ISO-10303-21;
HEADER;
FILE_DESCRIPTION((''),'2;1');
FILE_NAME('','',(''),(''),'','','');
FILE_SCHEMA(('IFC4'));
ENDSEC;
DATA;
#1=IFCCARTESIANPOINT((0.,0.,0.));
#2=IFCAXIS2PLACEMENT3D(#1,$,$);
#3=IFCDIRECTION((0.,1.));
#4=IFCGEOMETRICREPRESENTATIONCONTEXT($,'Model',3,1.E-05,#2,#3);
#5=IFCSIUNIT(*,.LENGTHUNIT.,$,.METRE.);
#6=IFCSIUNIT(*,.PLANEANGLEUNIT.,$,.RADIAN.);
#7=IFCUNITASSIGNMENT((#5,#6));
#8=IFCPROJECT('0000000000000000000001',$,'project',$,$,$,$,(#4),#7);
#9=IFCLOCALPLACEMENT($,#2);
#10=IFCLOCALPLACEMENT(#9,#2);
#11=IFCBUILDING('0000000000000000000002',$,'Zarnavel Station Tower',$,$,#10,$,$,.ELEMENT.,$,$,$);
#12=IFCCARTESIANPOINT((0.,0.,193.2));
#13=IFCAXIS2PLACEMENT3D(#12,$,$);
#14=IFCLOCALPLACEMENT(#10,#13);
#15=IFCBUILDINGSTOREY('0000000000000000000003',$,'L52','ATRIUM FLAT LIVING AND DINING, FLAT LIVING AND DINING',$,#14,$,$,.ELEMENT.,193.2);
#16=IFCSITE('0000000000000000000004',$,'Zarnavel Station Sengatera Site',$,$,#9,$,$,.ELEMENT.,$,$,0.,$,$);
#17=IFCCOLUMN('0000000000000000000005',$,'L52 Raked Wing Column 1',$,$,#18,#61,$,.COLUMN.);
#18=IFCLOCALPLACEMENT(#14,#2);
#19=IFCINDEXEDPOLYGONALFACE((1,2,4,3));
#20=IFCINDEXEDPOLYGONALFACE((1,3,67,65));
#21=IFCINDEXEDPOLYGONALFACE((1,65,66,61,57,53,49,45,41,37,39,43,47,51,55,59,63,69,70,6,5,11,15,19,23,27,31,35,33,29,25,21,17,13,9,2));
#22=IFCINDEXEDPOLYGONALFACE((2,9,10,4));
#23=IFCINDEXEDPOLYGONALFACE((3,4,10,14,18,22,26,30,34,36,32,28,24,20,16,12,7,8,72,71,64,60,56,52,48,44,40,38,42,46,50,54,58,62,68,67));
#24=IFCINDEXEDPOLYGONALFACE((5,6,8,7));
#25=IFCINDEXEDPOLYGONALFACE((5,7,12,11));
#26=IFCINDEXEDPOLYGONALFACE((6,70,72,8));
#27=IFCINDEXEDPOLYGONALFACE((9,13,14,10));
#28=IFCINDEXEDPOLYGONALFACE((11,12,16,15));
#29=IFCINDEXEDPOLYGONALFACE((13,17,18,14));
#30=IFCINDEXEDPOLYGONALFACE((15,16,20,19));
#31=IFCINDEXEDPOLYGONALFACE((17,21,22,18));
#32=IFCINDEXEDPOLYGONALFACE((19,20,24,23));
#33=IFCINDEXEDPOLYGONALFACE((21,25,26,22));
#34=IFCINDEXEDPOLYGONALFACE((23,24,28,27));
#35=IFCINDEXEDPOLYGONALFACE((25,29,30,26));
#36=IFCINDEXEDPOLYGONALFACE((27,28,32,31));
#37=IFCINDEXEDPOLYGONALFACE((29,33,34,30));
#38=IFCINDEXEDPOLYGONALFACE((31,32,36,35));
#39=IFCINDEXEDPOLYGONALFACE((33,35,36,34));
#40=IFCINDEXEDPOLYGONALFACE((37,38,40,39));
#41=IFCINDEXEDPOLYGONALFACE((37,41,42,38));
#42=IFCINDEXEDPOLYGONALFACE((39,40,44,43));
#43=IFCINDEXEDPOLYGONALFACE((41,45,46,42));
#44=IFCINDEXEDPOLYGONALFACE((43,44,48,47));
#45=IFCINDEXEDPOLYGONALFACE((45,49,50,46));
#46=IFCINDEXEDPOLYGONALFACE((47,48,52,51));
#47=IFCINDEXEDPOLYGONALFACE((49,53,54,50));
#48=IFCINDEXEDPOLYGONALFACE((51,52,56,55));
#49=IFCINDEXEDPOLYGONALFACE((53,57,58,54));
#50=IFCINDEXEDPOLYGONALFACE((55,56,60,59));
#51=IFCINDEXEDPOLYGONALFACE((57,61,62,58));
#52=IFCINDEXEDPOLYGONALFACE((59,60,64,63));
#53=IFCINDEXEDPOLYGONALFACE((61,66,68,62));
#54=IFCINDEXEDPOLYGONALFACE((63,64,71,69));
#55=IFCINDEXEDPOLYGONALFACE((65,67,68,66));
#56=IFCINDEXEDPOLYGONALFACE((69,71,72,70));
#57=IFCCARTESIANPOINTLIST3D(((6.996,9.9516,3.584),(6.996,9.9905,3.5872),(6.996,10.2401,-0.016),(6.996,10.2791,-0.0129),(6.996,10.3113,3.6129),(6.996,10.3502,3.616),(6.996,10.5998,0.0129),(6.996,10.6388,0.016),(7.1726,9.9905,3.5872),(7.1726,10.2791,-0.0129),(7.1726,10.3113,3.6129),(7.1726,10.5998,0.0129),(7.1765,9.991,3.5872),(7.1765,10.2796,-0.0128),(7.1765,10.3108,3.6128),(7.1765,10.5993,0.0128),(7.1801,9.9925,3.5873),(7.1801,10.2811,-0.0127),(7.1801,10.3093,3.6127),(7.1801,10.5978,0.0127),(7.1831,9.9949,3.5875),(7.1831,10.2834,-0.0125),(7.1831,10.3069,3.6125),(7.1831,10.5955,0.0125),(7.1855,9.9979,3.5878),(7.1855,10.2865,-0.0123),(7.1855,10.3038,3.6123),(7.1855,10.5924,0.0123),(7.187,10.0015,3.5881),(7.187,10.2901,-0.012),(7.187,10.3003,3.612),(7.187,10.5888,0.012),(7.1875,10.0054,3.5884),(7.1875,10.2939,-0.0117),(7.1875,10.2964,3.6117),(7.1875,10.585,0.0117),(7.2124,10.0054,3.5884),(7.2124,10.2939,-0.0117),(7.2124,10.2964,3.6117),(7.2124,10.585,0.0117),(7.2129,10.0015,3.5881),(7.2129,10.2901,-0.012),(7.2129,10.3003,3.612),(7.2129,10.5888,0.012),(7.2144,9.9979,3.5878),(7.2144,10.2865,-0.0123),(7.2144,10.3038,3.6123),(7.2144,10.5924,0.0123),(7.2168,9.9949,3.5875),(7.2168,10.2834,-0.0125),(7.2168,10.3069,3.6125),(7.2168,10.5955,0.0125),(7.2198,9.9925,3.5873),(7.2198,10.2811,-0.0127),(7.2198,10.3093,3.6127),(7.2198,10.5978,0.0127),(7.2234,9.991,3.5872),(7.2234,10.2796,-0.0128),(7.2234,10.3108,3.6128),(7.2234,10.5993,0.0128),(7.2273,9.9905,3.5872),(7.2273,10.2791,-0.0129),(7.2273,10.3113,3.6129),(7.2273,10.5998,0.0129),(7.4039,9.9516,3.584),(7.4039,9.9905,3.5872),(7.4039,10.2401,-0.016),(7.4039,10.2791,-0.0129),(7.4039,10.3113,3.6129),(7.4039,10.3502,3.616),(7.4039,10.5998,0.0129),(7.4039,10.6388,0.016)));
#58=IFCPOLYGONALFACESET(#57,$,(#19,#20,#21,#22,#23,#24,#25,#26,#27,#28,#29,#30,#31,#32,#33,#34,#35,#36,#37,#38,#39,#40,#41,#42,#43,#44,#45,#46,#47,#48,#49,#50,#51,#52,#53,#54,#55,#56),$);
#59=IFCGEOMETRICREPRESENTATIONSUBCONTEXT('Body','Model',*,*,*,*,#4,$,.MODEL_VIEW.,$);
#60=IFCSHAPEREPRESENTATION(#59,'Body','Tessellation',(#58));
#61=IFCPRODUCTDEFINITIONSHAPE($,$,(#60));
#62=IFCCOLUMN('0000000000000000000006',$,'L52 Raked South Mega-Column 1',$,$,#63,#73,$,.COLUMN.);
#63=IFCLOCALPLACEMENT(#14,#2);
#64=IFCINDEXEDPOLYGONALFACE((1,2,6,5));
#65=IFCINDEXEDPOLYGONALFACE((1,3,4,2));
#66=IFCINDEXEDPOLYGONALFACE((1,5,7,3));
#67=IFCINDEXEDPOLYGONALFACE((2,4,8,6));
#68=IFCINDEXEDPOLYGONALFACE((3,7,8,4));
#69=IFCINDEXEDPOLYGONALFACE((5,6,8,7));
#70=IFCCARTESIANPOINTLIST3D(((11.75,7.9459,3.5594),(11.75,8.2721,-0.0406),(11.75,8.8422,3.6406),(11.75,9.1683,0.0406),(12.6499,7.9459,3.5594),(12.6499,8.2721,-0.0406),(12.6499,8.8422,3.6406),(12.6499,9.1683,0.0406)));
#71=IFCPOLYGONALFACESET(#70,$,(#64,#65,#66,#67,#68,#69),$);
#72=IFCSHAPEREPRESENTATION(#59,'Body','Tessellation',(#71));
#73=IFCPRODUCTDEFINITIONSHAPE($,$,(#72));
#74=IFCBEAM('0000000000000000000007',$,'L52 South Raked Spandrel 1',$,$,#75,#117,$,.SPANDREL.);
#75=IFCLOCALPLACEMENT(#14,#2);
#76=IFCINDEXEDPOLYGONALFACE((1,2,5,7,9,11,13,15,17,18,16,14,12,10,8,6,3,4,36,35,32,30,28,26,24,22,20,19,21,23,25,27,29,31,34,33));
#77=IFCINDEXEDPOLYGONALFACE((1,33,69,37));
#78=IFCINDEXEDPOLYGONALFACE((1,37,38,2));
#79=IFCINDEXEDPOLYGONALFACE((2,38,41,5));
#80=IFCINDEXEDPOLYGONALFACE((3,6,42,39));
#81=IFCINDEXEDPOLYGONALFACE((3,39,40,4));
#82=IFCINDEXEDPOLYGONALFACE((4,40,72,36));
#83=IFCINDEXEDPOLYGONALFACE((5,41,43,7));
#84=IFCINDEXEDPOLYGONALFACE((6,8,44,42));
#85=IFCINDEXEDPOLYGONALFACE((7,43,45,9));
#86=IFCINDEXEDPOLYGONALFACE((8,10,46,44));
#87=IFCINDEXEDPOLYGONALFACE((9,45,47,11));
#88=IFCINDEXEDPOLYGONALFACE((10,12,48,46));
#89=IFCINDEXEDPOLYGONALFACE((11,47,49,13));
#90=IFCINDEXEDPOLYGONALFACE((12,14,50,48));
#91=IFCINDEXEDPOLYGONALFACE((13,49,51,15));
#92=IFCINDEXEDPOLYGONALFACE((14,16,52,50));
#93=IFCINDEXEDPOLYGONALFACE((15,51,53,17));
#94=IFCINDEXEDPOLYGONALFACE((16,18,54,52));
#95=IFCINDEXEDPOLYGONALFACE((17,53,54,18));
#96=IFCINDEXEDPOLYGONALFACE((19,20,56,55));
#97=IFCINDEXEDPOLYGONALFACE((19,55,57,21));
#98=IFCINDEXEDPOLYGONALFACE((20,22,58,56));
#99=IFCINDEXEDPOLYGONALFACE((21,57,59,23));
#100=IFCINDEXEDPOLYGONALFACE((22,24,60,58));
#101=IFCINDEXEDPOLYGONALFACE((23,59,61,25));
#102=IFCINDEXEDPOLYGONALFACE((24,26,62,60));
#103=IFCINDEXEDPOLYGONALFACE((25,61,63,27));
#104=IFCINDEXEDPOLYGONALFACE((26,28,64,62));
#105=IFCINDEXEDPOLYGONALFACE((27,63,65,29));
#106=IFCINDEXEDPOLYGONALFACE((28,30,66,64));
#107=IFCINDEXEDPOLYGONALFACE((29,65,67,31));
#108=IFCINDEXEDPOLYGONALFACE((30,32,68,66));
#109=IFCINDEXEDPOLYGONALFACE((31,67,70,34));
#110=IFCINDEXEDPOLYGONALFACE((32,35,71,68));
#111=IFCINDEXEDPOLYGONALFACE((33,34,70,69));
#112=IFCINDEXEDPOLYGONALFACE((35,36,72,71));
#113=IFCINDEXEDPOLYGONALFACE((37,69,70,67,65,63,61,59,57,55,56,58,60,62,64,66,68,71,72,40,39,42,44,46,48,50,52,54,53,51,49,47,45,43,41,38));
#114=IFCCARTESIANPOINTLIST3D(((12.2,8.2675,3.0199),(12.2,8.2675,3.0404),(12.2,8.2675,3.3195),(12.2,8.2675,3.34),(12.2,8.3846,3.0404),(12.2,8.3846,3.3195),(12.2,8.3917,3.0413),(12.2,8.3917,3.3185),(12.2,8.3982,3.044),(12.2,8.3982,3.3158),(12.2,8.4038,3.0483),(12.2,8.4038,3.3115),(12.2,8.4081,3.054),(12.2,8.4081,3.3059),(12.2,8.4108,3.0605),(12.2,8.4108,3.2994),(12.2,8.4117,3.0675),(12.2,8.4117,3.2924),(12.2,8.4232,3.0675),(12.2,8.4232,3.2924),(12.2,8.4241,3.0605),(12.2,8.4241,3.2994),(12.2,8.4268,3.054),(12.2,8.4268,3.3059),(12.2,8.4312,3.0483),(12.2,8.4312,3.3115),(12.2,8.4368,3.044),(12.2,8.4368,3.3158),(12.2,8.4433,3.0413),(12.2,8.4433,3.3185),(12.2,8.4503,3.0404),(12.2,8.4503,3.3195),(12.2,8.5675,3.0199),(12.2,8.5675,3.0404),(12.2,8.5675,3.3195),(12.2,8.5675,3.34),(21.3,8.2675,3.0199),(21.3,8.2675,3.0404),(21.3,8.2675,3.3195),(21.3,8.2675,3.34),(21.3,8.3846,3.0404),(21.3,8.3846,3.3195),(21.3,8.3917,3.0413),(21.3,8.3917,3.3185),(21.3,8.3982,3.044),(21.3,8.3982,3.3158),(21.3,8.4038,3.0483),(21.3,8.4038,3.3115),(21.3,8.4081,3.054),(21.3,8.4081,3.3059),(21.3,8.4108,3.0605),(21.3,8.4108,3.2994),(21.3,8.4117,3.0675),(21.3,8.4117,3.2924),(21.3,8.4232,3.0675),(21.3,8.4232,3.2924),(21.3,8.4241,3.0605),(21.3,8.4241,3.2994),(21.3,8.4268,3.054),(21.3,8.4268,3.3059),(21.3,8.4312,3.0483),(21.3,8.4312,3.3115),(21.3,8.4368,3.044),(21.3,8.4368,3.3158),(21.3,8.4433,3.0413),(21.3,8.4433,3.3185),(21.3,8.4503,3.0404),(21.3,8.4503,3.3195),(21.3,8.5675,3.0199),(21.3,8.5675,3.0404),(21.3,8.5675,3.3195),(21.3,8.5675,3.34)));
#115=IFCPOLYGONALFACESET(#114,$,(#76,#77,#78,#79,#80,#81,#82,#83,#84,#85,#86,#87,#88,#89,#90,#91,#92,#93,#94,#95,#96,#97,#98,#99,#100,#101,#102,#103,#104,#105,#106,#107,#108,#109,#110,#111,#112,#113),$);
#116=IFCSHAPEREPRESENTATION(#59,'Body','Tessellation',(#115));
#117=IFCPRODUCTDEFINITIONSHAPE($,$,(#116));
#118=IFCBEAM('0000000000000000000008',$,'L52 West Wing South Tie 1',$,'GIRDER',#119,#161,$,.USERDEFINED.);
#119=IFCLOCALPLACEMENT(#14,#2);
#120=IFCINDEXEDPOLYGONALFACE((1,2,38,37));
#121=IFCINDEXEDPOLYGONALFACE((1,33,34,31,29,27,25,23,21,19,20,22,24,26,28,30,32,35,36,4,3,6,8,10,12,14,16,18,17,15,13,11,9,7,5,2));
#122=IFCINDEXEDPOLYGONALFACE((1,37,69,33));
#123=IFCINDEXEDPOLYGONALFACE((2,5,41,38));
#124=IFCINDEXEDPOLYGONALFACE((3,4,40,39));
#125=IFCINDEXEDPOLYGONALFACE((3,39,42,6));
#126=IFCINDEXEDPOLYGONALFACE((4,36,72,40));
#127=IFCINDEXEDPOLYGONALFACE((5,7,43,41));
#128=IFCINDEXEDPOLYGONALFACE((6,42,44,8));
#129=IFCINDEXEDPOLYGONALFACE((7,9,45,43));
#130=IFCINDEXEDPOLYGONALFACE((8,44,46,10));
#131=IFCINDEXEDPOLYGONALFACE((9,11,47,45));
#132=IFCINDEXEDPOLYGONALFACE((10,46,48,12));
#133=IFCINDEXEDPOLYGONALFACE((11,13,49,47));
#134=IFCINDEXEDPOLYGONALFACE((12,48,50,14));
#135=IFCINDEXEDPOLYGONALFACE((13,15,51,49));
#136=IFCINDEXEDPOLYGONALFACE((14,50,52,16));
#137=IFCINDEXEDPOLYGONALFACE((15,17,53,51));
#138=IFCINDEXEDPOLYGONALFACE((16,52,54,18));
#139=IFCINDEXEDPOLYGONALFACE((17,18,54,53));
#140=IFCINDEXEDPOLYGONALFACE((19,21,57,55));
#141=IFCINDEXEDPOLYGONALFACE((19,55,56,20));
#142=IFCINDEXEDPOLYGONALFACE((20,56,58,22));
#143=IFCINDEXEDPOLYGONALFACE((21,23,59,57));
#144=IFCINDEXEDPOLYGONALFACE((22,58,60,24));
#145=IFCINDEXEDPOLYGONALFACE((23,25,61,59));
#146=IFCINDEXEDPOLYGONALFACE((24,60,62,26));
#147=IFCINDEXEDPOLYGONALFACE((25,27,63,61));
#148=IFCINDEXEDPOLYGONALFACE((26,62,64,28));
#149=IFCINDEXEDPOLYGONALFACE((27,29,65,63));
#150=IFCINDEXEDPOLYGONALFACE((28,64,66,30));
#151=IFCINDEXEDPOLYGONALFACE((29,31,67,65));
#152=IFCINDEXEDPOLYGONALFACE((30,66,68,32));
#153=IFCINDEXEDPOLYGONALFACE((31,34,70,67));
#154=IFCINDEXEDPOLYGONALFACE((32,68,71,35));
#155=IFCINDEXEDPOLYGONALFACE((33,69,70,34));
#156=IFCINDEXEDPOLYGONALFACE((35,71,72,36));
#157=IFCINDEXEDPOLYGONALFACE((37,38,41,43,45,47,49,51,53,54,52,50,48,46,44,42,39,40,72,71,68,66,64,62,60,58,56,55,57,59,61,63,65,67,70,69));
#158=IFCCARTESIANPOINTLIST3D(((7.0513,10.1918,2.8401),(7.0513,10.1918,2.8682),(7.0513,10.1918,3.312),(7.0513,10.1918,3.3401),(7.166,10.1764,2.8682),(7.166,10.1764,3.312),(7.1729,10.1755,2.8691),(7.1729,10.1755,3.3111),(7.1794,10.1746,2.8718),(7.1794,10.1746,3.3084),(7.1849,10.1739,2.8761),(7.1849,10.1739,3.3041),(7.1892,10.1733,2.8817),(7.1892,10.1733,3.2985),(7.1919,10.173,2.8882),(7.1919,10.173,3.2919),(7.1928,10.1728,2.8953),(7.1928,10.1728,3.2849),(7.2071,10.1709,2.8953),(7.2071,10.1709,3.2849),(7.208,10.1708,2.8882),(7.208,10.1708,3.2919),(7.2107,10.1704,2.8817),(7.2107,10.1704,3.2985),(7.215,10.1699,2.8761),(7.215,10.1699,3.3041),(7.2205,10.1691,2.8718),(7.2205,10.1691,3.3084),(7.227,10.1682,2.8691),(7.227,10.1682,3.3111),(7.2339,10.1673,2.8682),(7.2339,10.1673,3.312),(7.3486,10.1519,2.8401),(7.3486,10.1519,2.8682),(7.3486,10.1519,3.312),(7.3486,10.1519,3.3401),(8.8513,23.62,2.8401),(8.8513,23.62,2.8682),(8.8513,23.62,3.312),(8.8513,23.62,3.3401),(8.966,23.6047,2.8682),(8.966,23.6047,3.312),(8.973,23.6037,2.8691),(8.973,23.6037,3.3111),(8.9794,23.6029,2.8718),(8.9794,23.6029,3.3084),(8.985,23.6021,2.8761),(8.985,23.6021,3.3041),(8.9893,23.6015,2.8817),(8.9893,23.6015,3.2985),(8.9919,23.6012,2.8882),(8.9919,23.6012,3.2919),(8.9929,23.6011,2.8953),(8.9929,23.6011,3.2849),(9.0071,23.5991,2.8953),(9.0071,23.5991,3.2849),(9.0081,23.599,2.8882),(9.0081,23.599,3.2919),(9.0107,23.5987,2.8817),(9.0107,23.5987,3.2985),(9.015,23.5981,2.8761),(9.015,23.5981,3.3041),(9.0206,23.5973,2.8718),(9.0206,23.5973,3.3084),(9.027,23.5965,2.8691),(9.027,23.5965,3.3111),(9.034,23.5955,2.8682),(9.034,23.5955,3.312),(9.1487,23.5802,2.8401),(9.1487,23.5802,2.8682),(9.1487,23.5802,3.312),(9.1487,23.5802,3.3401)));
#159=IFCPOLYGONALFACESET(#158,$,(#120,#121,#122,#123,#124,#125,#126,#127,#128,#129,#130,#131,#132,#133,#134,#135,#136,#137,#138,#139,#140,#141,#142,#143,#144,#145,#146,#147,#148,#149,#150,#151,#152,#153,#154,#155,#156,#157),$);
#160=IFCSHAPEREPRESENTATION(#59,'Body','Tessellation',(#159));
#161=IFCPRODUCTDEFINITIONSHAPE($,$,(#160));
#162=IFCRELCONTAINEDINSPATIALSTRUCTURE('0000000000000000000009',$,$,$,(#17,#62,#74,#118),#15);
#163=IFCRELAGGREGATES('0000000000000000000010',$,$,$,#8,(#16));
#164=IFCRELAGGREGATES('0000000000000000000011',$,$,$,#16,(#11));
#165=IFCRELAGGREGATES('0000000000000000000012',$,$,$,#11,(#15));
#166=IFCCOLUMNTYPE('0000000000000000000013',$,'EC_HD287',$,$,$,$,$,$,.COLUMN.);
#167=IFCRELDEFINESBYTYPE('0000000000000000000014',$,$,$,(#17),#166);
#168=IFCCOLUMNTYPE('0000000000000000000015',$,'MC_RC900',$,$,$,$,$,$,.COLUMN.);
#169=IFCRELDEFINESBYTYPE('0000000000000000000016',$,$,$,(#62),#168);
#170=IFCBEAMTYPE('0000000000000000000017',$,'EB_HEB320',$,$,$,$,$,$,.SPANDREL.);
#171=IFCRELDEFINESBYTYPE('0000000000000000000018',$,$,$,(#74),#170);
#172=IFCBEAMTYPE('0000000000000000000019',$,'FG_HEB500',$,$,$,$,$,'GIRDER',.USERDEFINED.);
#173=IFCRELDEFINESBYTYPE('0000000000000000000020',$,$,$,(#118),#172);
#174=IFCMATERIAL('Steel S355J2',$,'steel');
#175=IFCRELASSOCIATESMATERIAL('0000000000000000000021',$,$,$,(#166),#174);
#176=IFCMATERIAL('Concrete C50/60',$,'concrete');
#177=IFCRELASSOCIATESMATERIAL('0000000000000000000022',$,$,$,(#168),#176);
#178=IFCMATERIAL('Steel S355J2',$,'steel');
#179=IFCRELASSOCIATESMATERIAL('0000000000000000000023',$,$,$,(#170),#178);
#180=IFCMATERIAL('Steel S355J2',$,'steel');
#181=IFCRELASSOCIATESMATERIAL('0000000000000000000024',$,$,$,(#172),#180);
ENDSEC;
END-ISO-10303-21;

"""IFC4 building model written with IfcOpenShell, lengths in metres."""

from ifc_helpers import new_model, si_unit, direction, frame, origin, origin_2d, place, context, subcontext, project, spatial, rectangle, i_section, extrude, material, material_profile, profile_set, type_object, element, save


model = new_model("IFC4")

# Units and contexts
model_context = context("Model", 3, precision=1e-05, world=origin(), true_north=direction((0.0, 1.0)))
body_context = subcontext(model_context, "Body", "Model", "MODEL_VIEW")
ifc_project = project(units=[si_unit("LENGTHUNIT", "METRE"), si_unit("PLANEANGLEUNIT", "RADIAN")], contexts=[model_context])

# Site, building, storey
site_placement = place(None, origin())
site = spatial("IfcSite", under=ifc_project, at=site_placement, Name="Zarnavel Station Sengatera Site", CompositionType="ELEMENT", RefElevation=0.0)
building_placement = place(site_placement, origin())
building = spatial("IfcBuilding", under=site, at=building_placement, Name="Zarnavel Station Tower", CompositionType="ELEMENT")
storey_placement = place(building_placement, frame((0.0, 0.0, 193.2)))
storey = spatial("IfcBuildingStorey", under=building, at=storey_placement, Name="L52", Description="ATRIUM FLAT LIVING AND DINING, FLAT LIVING AND DINING", CompositionType="ELEMENT", Elevation=193.2)

# Columns
ifc_material_1 = material(Name="Steel S355J2", Category="steel")
ifc_material_profile_1 = material_profile(ifc_material_1, i_section(OverallWidth=0.408, OverallDepth=0.3999, WebThickness=0.0249, FlangeThickness=0.0391, FilletRadius=0.0149, at=origin_2d()), Name="HD400x287")
ifc_profile_set_1 = profile_set([ifc_material_profile_1], Name="Steel S355J2")
column_type_1 = type_object("IfcColumnType", Name="EC_HD287", PredefinedType="COLUMN", material=ifc_profile_set_1)
column_1_placement = place(storey_placement, frame((7.2, 10.4395, 0.0), z_axis=(0.0, -0.079901, 0.996803), x_axis=(1.0, 0.0, 0.0)))
element("IfcColumn", 1, at=column_1_placement, inside=storey, type_object=column_type_1, Name="L52 Raked Wing Column 1", PredefinedType="COLUMN", context=body_context, shape_type="SweptSolid", body=[
    extrude(i_section(OverallWidth=0.408, OverallDepth=0.3999, WebThickness=0.0249, FlangeThickness=0.0391, FilletRadius=0.0149, at=origin_2d()), origin(), (0.0, 0.0, 1.0), 3.6116),
])
ifc_material_2 = material(Name="Concrete C50/60", Category="concrete")
ifc_material_profile_2 = material_profile(ifc_material_2, rectangle(XDim=0.8999, YDim=0.8999, at=origin_2d()), Name="RC900x900")
ifc_profile_set_2 = profile_set([ifc_material_profile_2], Name="Concrete C50/60")
column_type_2 = type_object("IfcColumnType", Name="MC_RC900", PredefinedType="COLUMN", material=ifc_profile_set_2)
column_2_placement = place(storey_placement, frame((12.2, 8.7202, 0.0), z_axis=(0.0, -0.090231, 0.995921), x_axis=(1.0, 0.0, 0.0)))
element("IfcColumn", 2, at=column_2_placement, inside=storey, type_object=column_type_2, Name="L52 Raked South Mega-Column 1", PredefinedType="COLUMN", context=body_context, shape_type="SweptSolid", body=[
    extrude(rectangle(XDim=0.8999, YDim=0.8999, at=origin_2d()), origin(), (0.0, 0.0, 1.0), 3.6147),
])

# Beams
ifc_material_3 = material(Name="Steel S355J2", Category="steel")
ifc_material_profile_3 = material_profile(ifc_material_3, i_section(OverallWidth=0.3, OverallDepth=0.3201, WebThickness=0.0115, FlangeThickness=0.0205, FilletRadius=0.0271, at=origin_2d()), Name="HEB320")
ifc_profile_set_3 = profile_set([ifc_material_profile_3], Name="Steel S355J2")
beam_type_1 = type_object("IfcBeamType", Name="EB_HEB320", PredefinedType="SPANDREL", material=ifc_profile_set_3)
beam_1_placement = place(storey_placement, frame((12.2, 8.4175, 3.1799), z_axis=(1.0, 0.0, 0.0), x_axis=(0.0, 1.0, 0.0)))
element("IfcBeam", 3, at=beam_1_placement, inside=storey, type_object=beam_type_1, Name="L52 South Raked Spandrel 1", PredefinedType="SPANDREL", context=body_context, shape_type="SweptSolid", body=[
    extrude(i_section(OverallWidth=0.3, OverallDepth=0.3201, WebThickness=0.0115, FlangeThickness=0.0205, FilletRadius=0.0271, at=origin_2d()), origin(), (0.0, 0.0, 1.0), 9.1001),
])
ifc_material_4 = material(Name="Steel S355J2", Category="steel")
ifc_material_profile_4 = material_profile(ifc_material_4, i_section(OverallWidth=0.3, OverallDepth=0.5, WebThickness=0.0144, FlangeThickness=0.0281, FilletRadius=0.0271, at=origin_2d()), Name="HEB500")
ifc_profile_set_4 = profile_set([ifc_material_profile_4], Name="Steel S355J2")
beam_type_2 = type_object("IfcBeamType", Name="FG_HEB500", ElementType="GIRDER", PredefinedType="USERDEFINED", material=ifc_profile_set_4)
beam_2_placement = place(storey_placement, frame((7.2, 10.1719, 3.0901), z_axis=(0.132861, 0.991135, 0.0), x_axis=(-0.991135, 0.132861, 0.0)))
element("IfcBeam", 4, at=beam_2_placement, inside=storey, type_object=beam_type_2, Name="L52 West Wing South Tie 1", ObjectType="GIRDER", PredefinedType="USERDEFINED", context=body_context, shape_type="SweptSolid", body=[
    extrude(i_section(OverallWidth=0.3, OverallDepth=0.5, WebThickness=0.0144, FlangeThickness=0.0281, FilletRadius=0.0271, at=origin_2d()), origin(), (0.0, 0.0, 1.0), 13.5483),
])

save(model, "model.ifc")
